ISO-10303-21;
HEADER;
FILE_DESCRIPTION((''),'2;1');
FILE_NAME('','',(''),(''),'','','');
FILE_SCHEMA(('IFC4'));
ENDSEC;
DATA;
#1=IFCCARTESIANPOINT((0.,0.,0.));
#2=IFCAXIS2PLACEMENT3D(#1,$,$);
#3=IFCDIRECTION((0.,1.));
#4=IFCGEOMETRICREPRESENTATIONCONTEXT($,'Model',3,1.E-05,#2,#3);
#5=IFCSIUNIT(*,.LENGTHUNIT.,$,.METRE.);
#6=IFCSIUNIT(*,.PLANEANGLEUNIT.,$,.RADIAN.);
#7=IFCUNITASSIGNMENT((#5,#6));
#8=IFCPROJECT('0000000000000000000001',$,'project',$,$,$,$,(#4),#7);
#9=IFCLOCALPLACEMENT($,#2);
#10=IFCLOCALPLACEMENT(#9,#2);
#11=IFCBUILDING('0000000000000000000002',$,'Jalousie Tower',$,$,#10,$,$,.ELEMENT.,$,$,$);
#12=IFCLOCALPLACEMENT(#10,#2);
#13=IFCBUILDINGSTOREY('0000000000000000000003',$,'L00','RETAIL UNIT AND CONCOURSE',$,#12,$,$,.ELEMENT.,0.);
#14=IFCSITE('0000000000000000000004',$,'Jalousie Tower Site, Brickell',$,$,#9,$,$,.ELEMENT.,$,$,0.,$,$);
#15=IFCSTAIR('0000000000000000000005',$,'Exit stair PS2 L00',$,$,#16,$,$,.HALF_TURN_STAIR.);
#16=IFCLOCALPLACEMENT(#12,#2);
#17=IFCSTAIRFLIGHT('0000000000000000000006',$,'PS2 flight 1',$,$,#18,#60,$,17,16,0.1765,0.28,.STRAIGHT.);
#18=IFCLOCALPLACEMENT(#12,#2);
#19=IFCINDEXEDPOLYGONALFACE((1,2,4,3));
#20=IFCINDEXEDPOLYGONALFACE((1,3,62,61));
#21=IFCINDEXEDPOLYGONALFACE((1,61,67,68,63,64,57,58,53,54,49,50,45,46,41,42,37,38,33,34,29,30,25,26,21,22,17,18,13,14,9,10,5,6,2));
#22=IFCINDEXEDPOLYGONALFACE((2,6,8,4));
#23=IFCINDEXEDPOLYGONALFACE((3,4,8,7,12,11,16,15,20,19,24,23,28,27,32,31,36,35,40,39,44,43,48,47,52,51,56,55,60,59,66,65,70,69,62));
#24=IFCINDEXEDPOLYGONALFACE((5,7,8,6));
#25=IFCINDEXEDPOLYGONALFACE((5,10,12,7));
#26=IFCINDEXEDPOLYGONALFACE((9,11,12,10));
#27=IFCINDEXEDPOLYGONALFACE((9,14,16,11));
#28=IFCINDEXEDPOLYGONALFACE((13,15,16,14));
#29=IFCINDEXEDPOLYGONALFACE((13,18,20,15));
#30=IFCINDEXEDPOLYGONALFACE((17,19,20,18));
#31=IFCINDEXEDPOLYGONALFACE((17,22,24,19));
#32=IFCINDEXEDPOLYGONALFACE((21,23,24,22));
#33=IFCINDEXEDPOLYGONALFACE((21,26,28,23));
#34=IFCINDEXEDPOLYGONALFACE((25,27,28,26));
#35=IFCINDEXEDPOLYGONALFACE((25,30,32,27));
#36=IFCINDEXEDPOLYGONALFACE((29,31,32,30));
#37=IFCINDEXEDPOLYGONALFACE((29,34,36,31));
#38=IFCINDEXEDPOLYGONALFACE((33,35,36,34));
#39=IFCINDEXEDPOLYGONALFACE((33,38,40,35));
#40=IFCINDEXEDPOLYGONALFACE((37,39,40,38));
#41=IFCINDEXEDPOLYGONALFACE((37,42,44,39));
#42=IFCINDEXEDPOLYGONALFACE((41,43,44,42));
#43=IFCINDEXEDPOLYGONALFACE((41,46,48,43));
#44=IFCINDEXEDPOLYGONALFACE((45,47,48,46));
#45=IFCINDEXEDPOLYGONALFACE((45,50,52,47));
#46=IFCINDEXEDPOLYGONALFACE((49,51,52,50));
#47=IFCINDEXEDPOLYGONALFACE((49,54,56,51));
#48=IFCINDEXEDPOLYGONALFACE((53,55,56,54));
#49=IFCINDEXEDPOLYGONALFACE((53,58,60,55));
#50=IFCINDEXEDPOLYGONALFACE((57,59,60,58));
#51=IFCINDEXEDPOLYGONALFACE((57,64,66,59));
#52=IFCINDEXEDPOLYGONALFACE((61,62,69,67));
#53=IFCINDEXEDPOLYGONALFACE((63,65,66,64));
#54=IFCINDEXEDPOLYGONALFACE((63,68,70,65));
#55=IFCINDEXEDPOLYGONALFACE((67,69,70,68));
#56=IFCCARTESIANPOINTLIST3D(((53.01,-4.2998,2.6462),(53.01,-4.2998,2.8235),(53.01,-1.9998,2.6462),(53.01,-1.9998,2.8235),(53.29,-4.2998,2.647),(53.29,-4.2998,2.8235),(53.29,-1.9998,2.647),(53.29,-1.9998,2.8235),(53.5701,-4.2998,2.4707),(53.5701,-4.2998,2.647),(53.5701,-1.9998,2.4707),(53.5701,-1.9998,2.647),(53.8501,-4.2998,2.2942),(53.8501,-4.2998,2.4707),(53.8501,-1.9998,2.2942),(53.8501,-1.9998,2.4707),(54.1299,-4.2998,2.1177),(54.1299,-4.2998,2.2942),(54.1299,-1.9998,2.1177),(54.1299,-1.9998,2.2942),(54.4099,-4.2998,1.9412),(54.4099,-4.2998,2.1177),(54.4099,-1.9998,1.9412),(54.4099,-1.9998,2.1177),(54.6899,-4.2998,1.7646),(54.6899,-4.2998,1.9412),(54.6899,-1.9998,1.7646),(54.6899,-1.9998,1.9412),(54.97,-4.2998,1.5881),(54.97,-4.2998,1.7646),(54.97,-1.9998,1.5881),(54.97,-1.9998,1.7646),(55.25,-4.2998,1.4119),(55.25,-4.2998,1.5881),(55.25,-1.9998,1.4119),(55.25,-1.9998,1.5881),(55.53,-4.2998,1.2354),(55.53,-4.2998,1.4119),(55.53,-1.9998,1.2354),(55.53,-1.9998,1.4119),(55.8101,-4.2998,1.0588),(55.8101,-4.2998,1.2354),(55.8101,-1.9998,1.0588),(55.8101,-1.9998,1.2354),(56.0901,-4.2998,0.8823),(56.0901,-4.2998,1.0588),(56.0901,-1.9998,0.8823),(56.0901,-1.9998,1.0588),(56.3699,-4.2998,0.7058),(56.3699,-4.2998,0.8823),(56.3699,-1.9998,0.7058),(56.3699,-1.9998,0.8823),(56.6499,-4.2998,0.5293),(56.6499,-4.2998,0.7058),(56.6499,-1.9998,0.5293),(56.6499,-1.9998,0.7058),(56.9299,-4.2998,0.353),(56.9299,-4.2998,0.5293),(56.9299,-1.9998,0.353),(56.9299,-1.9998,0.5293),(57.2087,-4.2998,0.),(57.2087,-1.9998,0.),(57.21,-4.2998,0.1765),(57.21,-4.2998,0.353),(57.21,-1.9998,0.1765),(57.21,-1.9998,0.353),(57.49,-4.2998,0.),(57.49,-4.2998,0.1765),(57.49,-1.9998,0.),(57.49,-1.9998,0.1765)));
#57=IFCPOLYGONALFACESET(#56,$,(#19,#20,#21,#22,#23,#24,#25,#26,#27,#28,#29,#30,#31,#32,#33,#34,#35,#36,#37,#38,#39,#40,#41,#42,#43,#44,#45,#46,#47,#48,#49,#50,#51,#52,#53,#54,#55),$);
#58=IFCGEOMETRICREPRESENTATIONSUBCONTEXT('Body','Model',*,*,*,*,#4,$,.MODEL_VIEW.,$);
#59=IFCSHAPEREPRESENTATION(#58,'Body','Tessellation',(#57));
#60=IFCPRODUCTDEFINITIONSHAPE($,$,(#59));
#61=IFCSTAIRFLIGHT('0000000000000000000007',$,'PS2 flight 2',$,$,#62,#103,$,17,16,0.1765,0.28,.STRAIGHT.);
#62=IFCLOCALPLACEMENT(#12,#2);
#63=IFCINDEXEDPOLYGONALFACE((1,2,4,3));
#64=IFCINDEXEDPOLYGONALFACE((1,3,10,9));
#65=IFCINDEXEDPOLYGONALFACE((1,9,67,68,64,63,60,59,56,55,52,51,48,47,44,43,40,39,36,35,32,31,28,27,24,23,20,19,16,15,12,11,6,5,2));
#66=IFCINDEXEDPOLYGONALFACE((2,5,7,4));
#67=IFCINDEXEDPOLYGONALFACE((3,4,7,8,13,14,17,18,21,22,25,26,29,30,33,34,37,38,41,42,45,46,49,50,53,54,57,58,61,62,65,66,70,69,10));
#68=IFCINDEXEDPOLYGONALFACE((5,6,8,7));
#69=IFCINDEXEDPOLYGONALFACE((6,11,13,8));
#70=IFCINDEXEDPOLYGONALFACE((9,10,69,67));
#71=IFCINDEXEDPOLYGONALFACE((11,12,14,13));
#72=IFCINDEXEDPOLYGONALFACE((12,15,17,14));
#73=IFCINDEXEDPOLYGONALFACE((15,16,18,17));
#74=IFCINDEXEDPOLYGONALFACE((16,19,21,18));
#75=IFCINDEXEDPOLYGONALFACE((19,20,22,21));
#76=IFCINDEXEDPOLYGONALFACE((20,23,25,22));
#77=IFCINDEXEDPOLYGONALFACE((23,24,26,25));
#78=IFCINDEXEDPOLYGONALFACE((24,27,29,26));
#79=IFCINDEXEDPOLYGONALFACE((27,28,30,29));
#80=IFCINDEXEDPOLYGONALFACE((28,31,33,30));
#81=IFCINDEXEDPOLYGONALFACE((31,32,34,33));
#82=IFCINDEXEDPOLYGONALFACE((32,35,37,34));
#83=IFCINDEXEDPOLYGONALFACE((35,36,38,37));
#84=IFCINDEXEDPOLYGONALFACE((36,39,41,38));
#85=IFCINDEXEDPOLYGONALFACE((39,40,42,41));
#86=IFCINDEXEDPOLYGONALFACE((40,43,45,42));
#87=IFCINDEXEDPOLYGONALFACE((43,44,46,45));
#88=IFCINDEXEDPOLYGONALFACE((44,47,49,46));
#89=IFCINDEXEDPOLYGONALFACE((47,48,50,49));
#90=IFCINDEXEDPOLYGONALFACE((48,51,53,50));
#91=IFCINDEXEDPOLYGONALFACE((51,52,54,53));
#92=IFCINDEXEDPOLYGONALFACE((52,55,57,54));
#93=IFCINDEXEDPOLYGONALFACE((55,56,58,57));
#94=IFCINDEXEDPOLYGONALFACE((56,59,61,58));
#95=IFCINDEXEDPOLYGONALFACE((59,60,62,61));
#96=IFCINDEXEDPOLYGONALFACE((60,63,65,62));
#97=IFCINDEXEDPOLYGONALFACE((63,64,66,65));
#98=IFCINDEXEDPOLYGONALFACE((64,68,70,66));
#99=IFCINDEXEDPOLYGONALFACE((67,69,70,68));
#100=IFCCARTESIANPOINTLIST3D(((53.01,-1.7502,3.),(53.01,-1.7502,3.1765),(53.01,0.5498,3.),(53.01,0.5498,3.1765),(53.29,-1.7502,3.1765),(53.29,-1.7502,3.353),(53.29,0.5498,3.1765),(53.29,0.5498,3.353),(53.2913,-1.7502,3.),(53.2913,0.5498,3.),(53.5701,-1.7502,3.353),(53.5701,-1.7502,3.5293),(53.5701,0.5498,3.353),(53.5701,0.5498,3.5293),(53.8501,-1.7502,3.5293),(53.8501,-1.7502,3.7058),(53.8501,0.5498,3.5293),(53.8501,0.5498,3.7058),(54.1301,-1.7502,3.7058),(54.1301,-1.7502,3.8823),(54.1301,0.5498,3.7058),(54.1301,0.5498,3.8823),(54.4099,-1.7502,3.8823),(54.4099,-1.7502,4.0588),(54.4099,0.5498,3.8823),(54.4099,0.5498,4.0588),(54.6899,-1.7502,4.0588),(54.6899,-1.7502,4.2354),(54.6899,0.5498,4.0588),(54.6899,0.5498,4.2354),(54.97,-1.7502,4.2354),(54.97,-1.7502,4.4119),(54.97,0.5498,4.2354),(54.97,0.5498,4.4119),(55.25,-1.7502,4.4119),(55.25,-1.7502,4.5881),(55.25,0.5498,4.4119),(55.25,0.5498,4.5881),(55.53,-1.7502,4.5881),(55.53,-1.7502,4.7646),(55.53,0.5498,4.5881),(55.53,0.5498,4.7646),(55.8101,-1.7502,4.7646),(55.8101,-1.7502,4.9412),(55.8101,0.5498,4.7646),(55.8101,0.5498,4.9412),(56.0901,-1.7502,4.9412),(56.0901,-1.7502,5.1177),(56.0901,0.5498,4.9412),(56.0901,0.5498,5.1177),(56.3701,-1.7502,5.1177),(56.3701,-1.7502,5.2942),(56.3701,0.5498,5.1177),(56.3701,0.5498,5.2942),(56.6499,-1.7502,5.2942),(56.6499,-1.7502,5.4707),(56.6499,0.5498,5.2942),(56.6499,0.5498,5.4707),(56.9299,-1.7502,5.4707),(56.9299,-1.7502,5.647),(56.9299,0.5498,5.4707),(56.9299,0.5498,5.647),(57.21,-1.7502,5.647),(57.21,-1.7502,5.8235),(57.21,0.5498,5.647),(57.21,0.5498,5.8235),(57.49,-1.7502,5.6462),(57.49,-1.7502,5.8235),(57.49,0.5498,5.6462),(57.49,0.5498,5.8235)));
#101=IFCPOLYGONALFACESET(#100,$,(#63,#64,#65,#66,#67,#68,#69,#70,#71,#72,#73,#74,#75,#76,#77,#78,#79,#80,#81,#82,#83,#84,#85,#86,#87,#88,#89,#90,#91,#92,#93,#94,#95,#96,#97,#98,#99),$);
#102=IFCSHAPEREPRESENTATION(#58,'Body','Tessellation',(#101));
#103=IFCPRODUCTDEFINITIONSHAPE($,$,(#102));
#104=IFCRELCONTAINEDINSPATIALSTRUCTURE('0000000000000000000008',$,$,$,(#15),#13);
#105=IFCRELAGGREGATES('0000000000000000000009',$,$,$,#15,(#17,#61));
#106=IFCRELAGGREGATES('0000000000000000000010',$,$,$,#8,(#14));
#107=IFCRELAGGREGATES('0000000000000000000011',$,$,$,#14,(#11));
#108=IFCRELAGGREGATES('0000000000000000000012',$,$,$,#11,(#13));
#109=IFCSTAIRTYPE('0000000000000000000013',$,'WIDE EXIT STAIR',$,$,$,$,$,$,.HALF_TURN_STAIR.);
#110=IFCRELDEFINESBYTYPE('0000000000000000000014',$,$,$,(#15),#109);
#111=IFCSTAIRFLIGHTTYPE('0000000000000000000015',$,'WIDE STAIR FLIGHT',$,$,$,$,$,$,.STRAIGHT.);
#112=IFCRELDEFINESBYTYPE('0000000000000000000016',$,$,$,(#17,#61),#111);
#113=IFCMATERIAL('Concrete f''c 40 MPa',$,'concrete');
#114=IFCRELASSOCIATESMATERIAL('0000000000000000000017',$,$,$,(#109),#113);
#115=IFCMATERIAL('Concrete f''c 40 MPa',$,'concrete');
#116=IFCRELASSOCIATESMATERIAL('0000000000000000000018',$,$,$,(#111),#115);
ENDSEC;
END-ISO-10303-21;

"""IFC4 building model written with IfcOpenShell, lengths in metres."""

from ifc_helpers import new_model, si_unit, direction, frame, origin, place, context, subcontext, project, spatial, polyline, outline, extrude, material, type_object, element, aggregate, save


model = new_model("IFC4")

# Units and contexts
model_context = context("Model", 3, precision=1e-05, world=origin(), true_north=direction((0.0, 1.0)))
body_context = subcontext(model_context, "Body", "Model", "MODEL_VIEW")
ifc_project = project(units=[si_unit("LENGTHUNIT", "METRE"), si_unit("PLANEANGLEUNIT", "RADIAN")], contexts=[model_context])

# Site, building, storey
site_placement = place(None, origin())
site = spatial("IfcSite", under=ifc_project, at=site_placement, Name="Jalousie Tower Site, Brickell", CompositionType="ELEMENT", RefElevation=0.0)
building_placement = place(site_placement, origin())
building = spatial("IfcBuilding", under=site, at=building_placement, Name="Jalousie Tower", CompositionType="ELEMENT")
storey_placement = place(building_placement, origin())
storey = spatial("IfcBuildingStorey", under=building, at=storey_placement, Name="L00", Description="RETAIL UNIT AND CONCOURSE", CompositionType="ELEMENT", Elevation=0.0)

# Stair, stair flights
ifc_material_1 = material(Name="Concrete f'c 40 MPa", Category="concrete")
stair_type = type_object("IfcStairType", Name="WIDE EXIT STAIR", PredefinedType="HALF_TURN_STAIR", material=ifc_material_1)
stair_placement = place(storey_placement, origin())
stair = element("IfcStair", 1, at=stair_placement, inside=storey, type_object=stair_type, Name="Exit stair PS2 L00", PredefinedType="HALF_TURN_STAIR")
ifc_material_2 = material(Name="Concrete f'c 40 MPa", Category="concrete")
stair_flight_type = type_object("IfcStairFlightType", Name="WIDE STAIR FLIGHT", PredefinedType="STRAIGHT", material=ifc_material_2)
stair_flight_1_placement = place(storey_placement, frame((57.49, -3.1499, 0.0), z_axis=(0.0, 0.0, 1.0), x_axis=(-1.0, 0.0, 0.0)))
stair_flight_1 = element("IfcStairFlight", 2, at=stair_flight_1_placement, type_object=stair_flight_type, Name="PS2 flight 1", NumberOfRisers=17, NumberOfTreads=16, PredefinedType="STRAIGHT", RiserHeight=0.1765, TreadLength=0.28, context=body_context, shape_type="SweptSolid", body=[
    extrude(outline(polyline([(0.0, 0.0), (0.0, 0.1765), (0.28, 0.1765), (0.28, 0.353), (0.5601, 0.353), (0.5601, 0.5293), (0.8401, 0.5293), (0.8401, 0.7058), (1.1201, 0.7058), (1.1201, 0.8823), (1.3999, 0.8823), (1.3999, 1.0588), (1.6799, 1.0588), (1.6799, 1.2354), (1.96, 1.2354), (1.96, 1.4119), (2.24, 1.4119), (2.24, 1.5881), (2.52, 1.5881), (2.52, 1.7646), (2.8, 1.7646), (2.8, 1.9412), (3.0801, 1.9412), (3.0801, 2.1177), (3.3601, 2.1177), (3.3601, 2.2942), (3.6399, 2.2942), (3.6399, 2.4707), (3.9199, 2.4707), (3.9199, 2.647), (4.2, 2.647), (4.2, 2.8235), (4.48, 2.8235), (4.48, 3.0), (4.48, 2.6462), (0.2812, 0.0), (0.0, 0.0)])), frame((0.0, 1.1499, 0.0), z_axis=(0.0, -1.0, 0.0), x_axis=(1.0, 0.0, 0.0)), (0.0, 0.0, 1.0), 2.3),
])
stair_flight_2_placement = place(storey_placement, frame((53.01, -0.6001, 3.0), z_axis=(0.0, 0.0, 1.0), x_axis=(1.0, 0.0, 0.0)))
stair_flight_2 = element("IfcStairFlight", 3, at=stair_flight_2_placement, type_object=stair_flight_type, Name="PS2 flight 2", NumberOfRisers=17, NumberOfTreads=16, PredefinedType="STRAIGHT", RiserHeight=0.1765, TreadLength=0.28, context=body_context, shape_type="SweptSolid", body=[
    extrude(outline(polyline([(0.0, 0.0), (0.0, 0.1765), (0.28, 0.1765), (0.28, 0.353), (0.5601, 0.353), (0.5601, 0.5293), (0.8401, 0.5293), (0.8401, 0.7058), (1.1201, 0.7058), (1.1201, 0.8823), (1.3999, 0.8823), (1.3999, 1.0588), (1.6799, 1.0588), (1.6799, 1.2354), (1.96, 1.2354), (1.96, 1.4119), (2.24, 1.4119), (2.24, 1.5881), (2.52, 1.5881), (2.52, 1.7646), (2.8, 1.7646), (2.8, 1.9412), (3.0801, 1.9412), (3.0801, 2.1177), (3.3601, 2.1177), (3.3601, 2.2942), (3.6399, 2.2942), (3.6399, 2.4707), (3.9199, 2.4707), (3.9199, 2.647), (4.2, 2.647), (4.2, 2.8235), (4.48, 2.8235), (4.48, 3.0), (4.48, 2.6462), (0.2812, 0.0), (0.0, 0.0)])), frame((0.0, 1.1499, 0.0), z_axis=(0.0, -1.0, 0.0), x_axis=(1.0, 0.0, 0.0)), (0.0, 0.0, 1.0), 2.3),
])
aggregate(stair, [stair_flight_1, stair_flight_2])

save(model, "model.ifc")
